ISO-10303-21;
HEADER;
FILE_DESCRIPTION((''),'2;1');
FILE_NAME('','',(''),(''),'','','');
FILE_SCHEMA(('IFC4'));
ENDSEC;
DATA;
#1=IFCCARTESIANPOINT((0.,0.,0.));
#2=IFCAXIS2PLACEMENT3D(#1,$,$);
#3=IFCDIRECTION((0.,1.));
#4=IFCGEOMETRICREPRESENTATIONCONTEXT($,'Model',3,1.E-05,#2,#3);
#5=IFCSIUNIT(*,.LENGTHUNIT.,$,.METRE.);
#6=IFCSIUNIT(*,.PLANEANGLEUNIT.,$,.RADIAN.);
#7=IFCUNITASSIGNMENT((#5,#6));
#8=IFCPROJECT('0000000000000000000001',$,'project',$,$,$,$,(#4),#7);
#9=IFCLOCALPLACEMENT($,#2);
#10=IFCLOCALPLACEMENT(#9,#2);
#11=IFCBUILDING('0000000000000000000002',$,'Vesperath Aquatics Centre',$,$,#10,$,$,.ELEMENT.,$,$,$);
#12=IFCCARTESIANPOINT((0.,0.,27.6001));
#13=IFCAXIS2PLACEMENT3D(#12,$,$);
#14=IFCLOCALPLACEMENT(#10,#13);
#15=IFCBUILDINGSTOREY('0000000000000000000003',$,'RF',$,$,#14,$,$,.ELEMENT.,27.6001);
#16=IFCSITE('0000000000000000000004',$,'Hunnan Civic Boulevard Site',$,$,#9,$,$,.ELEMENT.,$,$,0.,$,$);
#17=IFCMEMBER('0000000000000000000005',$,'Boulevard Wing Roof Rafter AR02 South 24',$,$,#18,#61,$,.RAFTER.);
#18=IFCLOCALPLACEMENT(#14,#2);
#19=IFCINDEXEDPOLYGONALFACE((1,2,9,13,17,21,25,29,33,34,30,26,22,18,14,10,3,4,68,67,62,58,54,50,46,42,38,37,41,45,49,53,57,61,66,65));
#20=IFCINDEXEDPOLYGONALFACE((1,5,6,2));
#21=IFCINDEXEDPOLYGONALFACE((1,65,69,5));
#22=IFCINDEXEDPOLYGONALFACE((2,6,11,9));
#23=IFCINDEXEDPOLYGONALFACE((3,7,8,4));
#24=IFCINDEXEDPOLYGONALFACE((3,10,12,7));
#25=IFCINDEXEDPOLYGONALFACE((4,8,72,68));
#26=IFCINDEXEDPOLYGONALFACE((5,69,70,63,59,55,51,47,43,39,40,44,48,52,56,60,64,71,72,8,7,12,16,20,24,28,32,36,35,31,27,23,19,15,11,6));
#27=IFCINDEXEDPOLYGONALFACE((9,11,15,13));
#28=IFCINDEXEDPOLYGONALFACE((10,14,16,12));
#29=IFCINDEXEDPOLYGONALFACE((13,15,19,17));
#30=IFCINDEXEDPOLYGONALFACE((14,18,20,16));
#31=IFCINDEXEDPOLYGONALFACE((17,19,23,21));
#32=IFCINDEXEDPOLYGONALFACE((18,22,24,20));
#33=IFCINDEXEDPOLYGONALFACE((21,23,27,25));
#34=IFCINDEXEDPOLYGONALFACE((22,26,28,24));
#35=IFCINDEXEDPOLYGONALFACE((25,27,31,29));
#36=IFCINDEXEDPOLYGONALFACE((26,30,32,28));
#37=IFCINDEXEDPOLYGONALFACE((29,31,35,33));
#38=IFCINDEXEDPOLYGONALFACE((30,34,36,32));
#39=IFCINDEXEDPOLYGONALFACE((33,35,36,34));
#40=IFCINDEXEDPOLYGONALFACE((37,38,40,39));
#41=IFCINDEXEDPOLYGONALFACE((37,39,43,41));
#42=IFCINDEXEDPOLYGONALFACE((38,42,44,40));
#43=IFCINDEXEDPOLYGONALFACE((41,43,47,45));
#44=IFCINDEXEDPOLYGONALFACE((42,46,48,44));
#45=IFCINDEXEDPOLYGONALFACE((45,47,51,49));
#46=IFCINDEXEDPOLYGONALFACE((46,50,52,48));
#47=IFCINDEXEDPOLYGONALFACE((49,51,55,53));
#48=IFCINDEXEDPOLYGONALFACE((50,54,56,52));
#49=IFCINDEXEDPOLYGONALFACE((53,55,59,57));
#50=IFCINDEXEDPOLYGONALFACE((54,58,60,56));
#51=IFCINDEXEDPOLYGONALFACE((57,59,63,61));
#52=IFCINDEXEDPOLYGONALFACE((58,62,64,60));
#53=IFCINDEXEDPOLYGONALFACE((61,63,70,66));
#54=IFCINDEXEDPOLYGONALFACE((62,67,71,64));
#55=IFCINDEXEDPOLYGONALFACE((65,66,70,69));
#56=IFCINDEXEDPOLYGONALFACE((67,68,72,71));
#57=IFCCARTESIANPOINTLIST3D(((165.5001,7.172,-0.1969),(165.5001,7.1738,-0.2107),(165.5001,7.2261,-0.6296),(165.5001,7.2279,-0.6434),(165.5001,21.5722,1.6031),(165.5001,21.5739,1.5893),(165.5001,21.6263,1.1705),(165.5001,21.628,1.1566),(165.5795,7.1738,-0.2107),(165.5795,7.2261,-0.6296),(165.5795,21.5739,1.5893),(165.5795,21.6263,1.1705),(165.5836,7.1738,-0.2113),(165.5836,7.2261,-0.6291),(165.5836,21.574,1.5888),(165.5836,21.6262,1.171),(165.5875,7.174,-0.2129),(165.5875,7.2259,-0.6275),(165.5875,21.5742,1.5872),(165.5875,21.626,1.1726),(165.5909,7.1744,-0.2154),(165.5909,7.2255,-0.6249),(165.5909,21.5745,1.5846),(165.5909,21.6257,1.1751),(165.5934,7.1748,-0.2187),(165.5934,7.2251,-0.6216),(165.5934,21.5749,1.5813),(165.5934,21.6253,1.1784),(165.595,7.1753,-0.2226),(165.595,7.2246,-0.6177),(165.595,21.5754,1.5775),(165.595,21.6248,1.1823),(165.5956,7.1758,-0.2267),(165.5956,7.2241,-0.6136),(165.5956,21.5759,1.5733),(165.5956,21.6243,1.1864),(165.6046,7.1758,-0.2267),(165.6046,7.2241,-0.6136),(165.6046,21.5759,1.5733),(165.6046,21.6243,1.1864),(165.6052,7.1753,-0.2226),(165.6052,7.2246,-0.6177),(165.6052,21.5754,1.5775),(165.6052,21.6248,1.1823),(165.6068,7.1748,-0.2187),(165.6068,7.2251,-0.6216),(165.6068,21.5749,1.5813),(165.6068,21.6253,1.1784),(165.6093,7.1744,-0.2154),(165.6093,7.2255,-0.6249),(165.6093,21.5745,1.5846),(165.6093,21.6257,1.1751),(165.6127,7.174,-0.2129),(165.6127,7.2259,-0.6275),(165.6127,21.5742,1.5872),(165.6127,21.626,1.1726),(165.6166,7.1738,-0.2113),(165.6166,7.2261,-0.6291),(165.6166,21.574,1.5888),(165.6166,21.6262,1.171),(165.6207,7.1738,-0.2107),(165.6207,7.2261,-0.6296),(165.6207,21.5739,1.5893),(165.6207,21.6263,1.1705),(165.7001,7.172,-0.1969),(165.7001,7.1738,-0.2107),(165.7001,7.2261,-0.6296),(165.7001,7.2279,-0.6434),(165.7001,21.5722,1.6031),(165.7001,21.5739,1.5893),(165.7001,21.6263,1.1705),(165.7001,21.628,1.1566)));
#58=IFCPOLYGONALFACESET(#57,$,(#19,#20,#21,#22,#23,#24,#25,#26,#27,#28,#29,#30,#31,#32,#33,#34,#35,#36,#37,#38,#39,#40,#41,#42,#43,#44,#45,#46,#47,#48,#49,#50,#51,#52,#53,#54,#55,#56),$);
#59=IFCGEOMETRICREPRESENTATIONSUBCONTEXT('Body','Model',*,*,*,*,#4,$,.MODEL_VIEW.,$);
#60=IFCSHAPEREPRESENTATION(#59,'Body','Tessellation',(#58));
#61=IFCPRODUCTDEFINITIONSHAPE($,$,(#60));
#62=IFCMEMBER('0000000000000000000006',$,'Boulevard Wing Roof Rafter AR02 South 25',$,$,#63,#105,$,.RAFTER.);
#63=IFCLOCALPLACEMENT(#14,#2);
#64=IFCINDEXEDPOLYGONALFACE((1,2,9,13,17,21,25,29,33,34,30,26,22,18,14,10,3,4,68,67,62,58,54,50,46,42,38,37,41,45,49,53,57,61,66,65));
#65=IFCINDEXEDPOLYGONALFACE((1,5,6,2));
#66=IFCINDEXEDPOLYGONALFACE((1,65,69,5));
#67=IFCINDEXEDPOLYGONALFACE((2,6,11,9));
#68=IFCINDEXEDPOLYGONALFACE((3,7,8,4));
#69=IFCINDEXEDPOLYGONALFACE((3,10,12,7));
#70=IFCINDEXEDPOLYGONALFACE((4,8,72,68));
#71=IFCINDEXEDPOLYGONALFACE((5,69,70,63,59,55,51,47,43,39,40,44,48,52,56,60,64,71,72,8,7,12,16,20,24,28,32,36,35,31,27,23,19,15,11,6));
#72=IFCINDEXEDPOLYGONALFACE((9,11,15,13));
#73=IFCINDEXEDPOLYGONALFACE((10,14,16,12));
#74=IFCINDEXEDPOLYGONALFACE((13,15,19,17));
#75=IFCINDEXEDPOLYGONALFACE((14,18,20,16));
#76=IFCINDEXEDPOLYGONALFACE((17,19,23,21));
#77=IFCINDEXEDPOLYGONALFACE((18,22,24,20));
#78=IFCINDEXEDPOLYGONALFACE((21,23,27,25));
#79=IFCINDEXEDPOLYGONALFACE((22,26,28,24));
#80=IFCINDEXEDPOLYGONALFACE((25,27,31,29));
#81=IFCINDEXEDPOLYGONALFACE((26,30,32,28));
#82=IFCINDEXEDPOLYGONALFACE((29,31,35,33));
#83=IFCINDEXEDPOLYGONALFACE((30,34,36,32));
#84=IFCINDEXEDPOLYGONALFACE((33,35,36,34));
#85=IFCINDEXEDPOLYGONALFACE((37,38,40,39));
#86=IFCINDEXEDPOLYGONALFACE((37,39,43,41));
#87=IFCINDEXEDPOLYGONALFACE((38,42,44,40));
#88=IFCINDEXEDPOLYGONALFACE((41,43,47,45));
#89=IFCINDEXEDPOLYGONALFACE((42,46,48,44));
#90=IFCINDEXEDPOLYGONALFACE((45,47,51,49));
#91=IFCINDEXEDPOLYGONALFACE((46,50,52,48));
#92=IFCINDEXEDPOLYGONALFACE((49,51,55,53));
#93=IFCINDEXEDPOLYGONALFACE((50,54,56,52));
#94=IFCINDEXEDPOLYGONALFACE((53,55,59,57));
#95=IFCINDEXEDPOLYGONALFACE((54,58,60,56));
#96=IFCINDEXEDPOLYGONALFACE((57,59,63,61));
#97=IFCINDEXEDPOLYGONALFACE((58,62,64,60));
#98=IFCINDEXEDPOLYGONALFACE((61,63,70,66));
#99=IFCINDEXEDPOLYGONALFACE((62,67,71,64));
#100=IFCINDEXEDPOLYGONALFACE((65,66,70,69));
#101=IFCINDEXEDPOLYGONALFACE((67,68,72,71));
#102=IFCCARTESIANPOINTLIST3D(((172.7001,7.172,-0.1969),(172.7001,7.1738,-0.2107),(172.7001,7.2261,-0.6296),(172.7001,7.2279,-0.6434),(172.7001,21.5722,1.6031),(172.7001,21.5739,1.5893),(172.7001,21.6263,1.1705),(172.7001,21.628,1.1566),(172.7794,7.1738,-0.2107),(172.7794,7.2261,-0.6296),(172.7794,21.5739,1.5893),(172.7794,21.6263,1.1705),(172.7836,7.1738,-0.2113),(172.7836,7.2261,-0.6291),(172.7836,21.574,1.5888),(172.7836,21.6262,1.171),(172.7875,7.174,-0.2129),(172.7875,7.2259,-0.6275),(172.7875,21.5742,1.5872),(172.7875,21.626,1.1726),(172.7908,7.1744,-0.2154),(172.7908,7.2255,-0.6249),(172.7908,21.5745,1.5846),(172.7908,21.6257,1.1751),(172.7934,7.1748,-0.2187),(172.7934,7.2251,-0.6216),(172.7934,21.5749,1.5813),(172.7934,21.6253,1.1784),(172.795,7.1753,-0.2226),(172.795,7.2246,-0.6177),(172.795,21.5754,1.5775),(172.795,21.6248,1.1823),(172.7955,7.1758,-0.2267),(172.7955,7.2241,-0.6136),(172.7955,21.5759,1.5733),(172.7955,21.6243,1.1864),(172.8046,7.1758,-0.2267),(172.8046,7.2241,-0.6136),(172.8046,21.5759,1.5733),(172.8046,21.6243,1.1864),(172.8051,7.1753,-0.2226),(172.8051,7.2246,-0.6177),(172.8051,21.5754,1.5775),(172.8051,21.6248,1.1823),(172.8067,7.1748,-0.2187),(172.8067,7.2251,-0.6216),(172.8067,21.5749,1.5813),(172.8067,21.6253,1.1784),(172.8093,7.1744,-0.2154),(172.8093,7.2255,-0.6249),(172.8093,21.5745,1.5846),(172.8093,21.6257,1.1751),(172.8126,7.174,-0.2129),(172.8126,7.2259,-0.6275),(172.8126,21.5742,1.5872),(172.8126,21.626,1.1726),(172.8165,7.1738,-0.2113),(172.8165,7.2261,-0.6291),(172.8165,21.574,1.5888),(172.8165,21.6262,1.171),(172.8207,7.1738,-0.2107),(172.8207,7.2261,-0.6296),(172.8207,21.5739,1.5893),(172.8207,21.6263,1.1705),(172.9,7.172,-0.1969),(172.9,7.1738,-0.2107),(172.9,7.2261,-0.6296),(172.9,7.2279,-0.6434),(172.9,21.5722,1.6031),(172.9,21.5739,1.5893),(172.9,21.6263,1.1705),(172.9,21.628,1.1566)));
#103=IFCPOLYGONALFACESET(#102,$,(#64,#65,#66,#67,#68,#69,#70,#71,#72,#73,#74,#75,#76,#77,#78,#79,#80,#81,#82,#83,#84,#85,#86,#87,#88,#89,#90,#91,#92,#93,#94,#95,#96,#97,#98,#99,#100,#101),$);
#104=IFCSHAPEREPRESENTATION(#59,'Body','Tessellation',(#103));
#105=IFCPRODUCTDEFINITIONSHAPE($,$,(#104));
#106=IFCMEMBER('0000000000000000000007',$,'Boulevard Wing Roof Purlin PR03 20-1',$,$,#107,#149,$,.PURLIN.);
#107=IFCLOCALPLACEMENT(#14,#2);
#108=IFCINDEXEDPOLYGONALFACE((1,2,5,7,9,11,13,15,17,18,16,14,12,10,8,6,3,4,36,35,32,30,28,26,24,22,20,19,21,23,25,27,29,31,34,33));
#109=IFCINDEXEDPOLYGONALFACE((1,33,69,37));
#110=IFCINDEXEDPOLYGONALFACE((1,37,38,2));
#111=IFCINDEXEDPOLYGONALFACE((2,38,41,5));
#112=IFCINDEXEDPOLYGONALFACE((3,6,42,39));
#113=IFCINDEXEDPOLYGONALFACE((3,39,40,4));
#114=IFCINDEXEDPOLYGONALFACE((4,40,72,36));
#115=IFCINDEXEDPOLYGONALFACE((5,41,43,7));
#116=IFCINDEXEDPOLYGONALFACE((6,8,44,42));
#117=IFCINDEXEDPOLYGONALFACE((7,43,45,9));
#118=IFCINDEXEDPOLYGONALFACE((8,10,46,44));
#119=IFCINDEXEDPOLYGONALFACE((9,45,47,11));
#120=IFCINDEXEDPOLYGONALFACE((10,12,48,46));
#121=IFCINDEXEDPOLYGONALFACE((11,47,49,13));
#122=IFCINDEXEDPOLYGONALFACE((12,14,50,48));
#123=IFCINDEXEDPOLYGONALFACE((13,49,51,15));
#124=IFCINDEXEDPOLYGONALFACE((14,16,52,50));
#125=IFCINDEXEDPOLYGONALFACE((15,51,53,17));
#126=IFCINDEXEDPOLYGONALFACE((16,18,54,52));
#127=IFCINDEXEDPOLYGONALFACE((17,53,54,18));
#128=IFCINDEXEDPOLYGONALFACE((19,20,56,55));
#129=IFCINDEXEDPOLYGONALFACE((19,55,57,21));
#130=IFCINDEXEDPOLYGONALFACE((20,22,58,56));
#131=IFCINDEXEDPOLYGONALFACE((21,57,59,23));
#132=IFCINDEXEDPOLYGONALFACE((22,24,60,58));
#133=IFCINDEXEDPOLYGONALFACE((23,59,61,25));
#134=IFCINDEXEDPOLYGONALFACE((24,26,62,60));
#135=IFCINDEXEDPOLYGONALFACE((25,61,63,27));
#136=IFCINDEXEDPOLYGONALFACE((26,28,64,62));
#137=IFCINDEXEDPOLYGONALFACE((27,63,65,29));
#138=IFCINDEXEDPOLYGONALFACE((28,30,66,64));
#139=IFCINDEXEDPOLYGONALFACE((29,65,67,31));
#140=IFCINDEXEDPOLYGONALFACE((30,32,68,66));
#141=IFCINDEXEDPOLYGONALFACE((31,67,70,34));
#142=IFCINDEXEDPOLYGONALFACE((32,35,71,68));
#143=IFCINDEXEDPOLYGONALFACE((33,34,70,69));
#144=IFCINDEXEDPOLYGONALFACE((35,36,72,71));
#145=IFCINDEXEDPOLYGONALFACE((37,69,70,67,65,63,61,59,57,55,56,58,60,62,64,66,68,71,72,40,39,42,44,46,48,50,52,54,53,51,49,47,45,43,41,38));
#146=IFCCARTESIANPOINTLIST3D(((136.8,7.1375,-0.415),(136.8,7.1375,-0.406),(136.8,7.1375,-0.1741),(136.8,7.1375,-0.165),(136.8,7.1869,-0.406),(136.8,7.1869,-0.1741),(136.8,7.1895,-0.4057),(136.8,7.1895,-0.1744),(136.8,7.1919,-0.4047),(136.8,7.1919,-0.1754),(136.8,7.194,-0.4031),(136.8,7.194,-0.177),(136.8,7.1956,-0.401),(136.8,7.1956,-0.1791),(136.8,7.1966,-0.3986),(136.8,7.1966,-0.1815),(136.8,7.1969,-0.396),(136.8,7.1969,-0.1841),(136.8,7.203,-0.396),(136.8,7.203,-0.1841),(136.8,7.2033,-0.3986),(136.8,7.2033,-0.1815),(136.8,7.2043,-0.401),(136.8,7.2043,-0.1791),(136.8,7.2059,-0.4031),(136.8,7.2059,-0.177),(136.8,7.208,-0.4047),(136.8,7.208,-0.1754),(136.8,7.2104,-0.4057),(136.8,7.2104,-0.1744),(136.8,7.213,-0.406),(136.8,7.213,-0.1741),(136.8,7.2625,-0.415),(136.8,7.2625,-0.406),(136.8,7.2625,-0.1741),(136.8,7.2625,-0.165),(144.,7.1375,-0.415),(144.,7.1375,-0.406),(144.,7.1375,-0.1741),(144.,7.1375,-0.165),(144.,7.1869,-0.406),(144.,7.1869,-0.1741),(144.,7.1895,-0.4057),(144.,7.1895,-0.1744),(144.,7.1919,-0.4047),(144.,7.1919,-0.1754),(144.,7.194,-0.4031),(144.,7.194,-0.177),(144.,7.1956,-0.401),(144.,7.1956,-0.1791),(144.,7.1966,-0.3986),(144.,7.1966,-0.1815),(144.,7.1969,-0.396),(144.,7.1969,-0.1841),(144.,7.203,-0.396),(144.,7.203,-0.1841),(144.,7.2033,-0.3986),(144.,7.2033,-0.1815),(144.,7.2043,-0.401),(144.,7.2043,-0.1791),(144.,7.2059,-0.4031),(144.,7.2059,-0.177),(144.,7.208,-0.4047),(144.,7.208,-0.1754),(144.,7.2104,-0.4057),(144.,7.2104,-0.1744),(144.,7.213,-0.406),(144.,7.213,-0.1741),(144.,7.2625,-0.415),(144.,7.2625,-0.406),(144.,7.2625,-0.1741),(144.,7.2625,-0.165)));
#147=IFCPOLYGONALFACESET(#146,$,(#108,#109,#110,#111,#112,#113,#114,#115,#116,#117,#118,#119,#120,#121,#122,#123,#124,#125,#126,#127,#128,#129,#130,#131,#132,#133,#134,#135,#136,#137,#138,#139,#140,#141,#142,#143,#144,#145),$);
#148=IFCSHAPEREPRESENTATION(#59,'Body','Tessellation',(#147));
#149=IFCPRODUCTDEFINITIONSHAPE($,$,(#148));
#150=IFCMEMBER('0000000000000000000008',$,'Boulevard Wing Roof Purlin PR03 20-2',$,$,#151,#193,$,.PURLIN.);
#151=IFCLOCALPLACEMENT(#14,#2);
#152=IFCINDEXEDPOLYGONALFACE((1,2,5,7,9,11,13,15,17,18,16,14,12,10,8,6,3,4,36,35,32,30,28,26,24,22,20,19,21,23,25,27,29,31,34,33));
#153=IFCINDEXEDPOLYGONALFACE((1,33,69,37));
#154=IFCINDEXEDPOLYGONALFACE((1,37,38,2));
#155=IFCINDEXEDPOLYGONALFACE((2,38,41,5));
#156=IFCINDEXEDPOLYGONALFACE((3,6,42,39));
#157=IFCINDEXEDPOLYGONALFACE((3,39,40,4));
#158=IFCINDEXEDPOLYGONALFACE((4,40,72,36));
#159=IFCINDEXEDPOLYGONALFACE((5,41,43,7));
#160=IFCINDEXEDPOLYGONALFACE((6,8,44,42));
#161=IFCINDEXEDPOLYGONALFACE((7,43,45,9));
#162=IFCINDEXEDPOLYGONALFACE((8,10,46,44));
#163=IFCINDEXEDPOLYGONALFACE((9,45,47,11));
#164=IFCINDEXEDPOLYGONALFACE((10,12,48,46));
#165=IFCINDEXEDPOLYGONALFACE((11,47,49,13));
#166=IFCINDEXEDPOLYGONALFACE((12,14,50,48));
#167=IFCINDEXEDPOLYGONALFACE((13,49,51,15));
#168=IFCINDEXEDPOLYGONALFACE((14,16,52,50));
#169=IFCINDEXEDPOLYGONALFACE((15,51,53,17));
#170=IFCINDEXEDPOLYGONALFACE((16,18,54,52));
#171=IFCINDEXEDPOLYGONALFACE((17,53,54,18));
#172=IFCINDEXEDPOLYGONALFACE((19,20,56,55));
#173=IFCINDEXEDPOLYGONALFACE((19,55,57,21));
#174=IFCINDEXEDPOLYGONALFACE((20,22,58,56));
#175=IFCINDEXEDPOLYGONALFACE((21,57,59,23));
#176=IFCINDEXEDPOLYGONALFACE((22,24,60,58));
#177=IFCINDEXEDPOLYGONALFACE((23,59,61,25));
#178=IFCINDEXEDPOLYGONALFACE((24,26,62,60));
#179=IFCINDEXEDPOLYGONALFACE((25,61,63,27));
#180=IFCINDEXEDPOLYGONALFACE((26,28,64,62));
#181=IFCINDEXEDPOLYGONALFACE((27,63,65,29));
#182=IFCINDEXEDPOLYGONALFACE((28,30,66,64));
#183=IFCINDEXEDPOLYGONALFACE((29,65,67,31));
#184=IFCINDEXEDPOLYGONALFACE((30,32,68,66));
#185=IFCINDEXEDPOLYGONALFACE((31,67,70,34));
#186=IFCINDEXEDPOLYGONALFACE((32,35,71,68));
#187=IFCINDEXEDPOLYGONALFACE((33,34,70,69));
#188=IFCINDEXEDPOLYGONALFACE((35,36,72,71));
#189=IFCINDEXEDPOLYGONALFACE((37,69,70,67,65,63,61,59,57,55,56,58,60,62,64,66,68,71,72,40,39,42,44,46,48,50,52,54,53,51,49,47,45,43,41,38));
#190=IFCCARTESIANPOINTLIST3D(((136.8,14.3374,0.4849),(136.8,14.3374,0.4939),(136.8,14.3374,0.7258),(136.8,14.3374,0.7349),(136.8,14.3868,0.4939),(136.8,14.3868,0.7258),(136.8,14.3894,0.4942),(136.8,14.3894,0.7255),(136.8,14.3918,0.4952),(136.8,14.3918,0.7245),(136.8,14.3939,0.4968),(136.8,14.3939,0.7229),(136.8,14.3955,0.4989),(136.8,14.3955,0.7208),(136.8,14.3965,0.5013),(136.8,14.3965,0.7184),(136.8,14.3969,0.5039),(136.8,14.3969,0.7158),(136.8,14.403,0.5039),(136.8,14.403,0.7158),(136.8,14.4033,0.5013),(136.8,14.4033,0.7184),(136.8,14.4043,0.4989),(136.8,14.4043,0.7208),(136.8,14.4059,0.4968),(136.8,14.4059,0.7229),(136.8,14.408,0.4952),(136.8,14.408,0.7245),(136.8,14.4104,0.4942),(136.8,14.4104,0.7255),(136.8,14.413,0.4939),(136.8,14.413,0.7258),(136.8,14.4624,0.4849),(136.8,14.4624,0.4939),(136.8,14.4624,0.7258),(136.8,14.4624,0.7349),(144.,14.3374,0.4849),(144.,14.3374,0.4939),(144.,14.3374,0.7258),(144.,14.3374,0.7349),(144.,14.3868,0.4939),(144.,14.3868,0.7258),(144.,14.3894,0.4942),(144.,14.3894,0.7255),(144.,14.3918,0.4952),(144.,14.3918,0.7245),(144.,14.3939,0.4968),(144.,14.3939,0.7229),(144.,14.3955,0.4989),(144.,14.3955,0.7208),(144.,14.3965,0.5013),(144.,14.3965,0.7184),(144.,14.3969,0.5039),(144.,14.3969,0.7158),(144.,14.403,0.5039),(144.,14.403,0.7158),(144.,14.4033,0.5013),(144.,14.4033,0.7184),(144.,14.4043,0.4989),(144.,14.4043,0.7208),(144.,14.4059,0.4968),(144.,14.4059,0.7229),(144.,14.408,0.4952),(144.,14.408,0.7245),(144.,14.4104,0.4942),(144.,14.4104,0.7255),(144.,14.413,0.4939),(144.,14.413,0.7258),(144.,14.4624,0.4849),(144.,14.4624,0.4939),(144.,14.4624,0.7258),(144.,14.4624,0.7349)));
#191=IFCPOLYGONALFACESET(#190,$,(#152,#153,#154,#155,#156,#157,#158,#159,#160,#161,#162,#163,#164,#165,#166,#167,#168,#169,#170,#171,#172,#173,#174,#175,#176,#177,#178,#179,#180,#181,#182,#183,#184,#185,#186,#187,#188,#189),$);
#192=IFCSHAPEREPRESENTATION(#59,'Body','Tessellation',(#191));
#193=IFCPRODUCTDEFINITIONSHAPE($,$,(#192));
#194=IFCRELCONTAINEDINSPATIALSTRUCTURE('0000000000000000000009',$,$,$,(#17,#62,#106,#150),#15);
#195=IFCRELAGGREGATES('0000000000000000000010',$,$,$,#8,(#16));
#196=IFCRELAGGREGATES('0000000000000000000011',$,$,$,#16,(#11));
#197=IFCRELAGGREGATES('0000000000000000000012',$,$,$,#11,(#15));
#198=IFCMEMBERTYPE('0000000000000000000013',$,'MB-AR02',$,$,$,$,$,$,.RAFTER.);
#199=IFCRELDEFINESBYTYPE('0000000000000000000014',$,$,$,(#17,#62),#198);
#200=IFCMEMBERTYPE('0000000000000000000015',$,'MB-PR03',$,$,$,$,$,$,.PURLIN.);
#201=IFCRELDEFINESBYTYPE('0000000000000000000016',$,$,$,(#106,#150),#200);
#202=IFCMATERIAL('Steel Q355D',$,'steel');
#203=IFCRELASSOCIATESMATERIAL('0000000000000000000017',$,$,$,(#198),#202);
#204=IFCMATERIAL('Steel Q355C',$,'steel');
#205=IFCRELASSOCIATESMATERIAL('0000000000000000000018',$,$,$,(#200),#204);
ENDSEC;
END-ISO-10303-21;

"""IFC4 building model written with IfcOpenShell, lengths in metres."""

from ifc_helpers import new_model, si_unit, direction, frame, origin, origin_2d, place, context, subcontext, project, spatial, i_section, extrude, material, material_profile, profile_set, type_object, element, save


model = new_model("IFC4")

# Units and contexts
model_context = context("Model", 3, precision=1e-05, world=origin(), true_north=direction((0.0, 1.0)))
body_context = subcontext(model_context, "Body", "Model", "MODEL_VIEW")
ifc_project = project(units=[si_unit("LENGTHUNIT", "METRE"), si_unit("PLANEANGLEUNIT", "RADIAN")], contexts=[model_context])

# Site, building, storey
site_placement = place(None, origin())
site = spatial("IfcSite", under=ifc_project, at=site_placement, Name="Hunnan Civic Boulevard Site", CompositionType="ELEMENT", RefElevation=0.0)
building_placement = place(site_placement, origin())
building = spatial("IfcBuilding", under=site, at=building_placement, Name="Vesperath Aquatics Centre", CompositionType="ELEMENT")
storey_placement = place(building_placement, frame((0.0, 0.0, 27.6001)))
storey = spatial("IfcBuildingStorey", under=building, at=storey_placement, Name="RF", CompositionType="ELEMENT", Elevation=27.6001)

# Shared definitions
ifc_material_1 = material(Name="Steel Q355C", Category="steel")

# Shared definitions
ifc_material_2 = material(Name="Steel Q355D", Category="steel")

# Members
ifc_material_profile_1 = material_profile(ifc_material_2, i_section(OverallWidth=0.2, OverallDepth=0.45, WebThickness=0.009, FlangeThickness=0.0139, FilletRadius=0.0161, at=origin_2d()), Name="HN 450x200x9x14")
ifc_profile_set_1 = profile_set([ifc_material_profile_1], Name="Steel Q355D")
member_type_1 = type_object("IfcMemberType", Name="MB-AR02", PredefinedType="RAFTER", material=ifc_profile_set_1)
for number, where, z_axis, x_axis, name in (
    (1, (165.6001, 7.2, -0.4202), (0.0, 0.992278, 0.124037), (-1.0, 0.0, 0.0), "Boulevard Wing Roof Rafter AR02 South 24"),
    (2, (172.8, 7.2, -0.4202), (0.0, 0.992278, 0.124037), (-1.0, 0.0, 0.0), "Boulevard Wing Roof Rafter AR02 South 25"),
):
    element("IfcMember", number, at=place(storey_placement, frame(where, z_axis=z_axis, x_axis=x_axis)), inside=storey, type_object=member_type_1, Name=name, PredefinedType="RAFTER", context=body_context, shape_type="SweptSolid", body=[
        extrude(i_section(OverallWidth=0.2, OverallDepth=0.45, WebThickness=0.009, FlangeThickness=0.0139, FilletRadius=0.0161, at=origin_2d()), origin(), (0.0, 0.0, 1.0), 14.5122),
    ])
ifc_material_profile_2 = material_profile(ifc_material_1, i_section(OverallWidth=0.125, OverallDepth=0.25, WebThickness=0.0061, FlangeThickness=0.009, FilletRadius=0.01, at=origin_2d()), Name="HN 250x125x6x9")
ifc_profile_set_2 = profile_set([ifc_material_profile_2], Name="Steel Q355C")
member_type_2 = type_object("IfcMemberType", Name="MB-PR03", PredefinedType="PURLIN", material=ifc_profile_set_2)
for number, where, z_axis, x_axis, name in (
    (3, (136.8, 7.2, -0.29), (1.0, 0.0, 0.0), (0.0, 1.0, 0.0), "Boulevard Wing Roof Purlin PR03 20-1"),
    (4, (136.8, 14.3999, 0.6099), (1.0, 0.0, 0.0), (0.0, 1.0, 0.0), "Boulevard Wing Roof Purlin PR03 20-2"),
):
    element("IfcMember", number, at=place(storey_placement, frame(where, z_axis=z_axis, x_axis=x_axis)), inside=storey, type_object=member_type_2, Name=name, PredefinedType="PURLIN", context=body_context, shape_type="SweptSolid", body=[
        extrude(i_section(OverallWidth=0.125, OverallDepth=0.25, WebThickness=0.0061, FlangeThickness=0.009, FilletRadius=0.01, at=origin_2d()), origin(), (0.0, 0.0, 1.0), 7.2),
    ])

save(model, "model.ifc")
